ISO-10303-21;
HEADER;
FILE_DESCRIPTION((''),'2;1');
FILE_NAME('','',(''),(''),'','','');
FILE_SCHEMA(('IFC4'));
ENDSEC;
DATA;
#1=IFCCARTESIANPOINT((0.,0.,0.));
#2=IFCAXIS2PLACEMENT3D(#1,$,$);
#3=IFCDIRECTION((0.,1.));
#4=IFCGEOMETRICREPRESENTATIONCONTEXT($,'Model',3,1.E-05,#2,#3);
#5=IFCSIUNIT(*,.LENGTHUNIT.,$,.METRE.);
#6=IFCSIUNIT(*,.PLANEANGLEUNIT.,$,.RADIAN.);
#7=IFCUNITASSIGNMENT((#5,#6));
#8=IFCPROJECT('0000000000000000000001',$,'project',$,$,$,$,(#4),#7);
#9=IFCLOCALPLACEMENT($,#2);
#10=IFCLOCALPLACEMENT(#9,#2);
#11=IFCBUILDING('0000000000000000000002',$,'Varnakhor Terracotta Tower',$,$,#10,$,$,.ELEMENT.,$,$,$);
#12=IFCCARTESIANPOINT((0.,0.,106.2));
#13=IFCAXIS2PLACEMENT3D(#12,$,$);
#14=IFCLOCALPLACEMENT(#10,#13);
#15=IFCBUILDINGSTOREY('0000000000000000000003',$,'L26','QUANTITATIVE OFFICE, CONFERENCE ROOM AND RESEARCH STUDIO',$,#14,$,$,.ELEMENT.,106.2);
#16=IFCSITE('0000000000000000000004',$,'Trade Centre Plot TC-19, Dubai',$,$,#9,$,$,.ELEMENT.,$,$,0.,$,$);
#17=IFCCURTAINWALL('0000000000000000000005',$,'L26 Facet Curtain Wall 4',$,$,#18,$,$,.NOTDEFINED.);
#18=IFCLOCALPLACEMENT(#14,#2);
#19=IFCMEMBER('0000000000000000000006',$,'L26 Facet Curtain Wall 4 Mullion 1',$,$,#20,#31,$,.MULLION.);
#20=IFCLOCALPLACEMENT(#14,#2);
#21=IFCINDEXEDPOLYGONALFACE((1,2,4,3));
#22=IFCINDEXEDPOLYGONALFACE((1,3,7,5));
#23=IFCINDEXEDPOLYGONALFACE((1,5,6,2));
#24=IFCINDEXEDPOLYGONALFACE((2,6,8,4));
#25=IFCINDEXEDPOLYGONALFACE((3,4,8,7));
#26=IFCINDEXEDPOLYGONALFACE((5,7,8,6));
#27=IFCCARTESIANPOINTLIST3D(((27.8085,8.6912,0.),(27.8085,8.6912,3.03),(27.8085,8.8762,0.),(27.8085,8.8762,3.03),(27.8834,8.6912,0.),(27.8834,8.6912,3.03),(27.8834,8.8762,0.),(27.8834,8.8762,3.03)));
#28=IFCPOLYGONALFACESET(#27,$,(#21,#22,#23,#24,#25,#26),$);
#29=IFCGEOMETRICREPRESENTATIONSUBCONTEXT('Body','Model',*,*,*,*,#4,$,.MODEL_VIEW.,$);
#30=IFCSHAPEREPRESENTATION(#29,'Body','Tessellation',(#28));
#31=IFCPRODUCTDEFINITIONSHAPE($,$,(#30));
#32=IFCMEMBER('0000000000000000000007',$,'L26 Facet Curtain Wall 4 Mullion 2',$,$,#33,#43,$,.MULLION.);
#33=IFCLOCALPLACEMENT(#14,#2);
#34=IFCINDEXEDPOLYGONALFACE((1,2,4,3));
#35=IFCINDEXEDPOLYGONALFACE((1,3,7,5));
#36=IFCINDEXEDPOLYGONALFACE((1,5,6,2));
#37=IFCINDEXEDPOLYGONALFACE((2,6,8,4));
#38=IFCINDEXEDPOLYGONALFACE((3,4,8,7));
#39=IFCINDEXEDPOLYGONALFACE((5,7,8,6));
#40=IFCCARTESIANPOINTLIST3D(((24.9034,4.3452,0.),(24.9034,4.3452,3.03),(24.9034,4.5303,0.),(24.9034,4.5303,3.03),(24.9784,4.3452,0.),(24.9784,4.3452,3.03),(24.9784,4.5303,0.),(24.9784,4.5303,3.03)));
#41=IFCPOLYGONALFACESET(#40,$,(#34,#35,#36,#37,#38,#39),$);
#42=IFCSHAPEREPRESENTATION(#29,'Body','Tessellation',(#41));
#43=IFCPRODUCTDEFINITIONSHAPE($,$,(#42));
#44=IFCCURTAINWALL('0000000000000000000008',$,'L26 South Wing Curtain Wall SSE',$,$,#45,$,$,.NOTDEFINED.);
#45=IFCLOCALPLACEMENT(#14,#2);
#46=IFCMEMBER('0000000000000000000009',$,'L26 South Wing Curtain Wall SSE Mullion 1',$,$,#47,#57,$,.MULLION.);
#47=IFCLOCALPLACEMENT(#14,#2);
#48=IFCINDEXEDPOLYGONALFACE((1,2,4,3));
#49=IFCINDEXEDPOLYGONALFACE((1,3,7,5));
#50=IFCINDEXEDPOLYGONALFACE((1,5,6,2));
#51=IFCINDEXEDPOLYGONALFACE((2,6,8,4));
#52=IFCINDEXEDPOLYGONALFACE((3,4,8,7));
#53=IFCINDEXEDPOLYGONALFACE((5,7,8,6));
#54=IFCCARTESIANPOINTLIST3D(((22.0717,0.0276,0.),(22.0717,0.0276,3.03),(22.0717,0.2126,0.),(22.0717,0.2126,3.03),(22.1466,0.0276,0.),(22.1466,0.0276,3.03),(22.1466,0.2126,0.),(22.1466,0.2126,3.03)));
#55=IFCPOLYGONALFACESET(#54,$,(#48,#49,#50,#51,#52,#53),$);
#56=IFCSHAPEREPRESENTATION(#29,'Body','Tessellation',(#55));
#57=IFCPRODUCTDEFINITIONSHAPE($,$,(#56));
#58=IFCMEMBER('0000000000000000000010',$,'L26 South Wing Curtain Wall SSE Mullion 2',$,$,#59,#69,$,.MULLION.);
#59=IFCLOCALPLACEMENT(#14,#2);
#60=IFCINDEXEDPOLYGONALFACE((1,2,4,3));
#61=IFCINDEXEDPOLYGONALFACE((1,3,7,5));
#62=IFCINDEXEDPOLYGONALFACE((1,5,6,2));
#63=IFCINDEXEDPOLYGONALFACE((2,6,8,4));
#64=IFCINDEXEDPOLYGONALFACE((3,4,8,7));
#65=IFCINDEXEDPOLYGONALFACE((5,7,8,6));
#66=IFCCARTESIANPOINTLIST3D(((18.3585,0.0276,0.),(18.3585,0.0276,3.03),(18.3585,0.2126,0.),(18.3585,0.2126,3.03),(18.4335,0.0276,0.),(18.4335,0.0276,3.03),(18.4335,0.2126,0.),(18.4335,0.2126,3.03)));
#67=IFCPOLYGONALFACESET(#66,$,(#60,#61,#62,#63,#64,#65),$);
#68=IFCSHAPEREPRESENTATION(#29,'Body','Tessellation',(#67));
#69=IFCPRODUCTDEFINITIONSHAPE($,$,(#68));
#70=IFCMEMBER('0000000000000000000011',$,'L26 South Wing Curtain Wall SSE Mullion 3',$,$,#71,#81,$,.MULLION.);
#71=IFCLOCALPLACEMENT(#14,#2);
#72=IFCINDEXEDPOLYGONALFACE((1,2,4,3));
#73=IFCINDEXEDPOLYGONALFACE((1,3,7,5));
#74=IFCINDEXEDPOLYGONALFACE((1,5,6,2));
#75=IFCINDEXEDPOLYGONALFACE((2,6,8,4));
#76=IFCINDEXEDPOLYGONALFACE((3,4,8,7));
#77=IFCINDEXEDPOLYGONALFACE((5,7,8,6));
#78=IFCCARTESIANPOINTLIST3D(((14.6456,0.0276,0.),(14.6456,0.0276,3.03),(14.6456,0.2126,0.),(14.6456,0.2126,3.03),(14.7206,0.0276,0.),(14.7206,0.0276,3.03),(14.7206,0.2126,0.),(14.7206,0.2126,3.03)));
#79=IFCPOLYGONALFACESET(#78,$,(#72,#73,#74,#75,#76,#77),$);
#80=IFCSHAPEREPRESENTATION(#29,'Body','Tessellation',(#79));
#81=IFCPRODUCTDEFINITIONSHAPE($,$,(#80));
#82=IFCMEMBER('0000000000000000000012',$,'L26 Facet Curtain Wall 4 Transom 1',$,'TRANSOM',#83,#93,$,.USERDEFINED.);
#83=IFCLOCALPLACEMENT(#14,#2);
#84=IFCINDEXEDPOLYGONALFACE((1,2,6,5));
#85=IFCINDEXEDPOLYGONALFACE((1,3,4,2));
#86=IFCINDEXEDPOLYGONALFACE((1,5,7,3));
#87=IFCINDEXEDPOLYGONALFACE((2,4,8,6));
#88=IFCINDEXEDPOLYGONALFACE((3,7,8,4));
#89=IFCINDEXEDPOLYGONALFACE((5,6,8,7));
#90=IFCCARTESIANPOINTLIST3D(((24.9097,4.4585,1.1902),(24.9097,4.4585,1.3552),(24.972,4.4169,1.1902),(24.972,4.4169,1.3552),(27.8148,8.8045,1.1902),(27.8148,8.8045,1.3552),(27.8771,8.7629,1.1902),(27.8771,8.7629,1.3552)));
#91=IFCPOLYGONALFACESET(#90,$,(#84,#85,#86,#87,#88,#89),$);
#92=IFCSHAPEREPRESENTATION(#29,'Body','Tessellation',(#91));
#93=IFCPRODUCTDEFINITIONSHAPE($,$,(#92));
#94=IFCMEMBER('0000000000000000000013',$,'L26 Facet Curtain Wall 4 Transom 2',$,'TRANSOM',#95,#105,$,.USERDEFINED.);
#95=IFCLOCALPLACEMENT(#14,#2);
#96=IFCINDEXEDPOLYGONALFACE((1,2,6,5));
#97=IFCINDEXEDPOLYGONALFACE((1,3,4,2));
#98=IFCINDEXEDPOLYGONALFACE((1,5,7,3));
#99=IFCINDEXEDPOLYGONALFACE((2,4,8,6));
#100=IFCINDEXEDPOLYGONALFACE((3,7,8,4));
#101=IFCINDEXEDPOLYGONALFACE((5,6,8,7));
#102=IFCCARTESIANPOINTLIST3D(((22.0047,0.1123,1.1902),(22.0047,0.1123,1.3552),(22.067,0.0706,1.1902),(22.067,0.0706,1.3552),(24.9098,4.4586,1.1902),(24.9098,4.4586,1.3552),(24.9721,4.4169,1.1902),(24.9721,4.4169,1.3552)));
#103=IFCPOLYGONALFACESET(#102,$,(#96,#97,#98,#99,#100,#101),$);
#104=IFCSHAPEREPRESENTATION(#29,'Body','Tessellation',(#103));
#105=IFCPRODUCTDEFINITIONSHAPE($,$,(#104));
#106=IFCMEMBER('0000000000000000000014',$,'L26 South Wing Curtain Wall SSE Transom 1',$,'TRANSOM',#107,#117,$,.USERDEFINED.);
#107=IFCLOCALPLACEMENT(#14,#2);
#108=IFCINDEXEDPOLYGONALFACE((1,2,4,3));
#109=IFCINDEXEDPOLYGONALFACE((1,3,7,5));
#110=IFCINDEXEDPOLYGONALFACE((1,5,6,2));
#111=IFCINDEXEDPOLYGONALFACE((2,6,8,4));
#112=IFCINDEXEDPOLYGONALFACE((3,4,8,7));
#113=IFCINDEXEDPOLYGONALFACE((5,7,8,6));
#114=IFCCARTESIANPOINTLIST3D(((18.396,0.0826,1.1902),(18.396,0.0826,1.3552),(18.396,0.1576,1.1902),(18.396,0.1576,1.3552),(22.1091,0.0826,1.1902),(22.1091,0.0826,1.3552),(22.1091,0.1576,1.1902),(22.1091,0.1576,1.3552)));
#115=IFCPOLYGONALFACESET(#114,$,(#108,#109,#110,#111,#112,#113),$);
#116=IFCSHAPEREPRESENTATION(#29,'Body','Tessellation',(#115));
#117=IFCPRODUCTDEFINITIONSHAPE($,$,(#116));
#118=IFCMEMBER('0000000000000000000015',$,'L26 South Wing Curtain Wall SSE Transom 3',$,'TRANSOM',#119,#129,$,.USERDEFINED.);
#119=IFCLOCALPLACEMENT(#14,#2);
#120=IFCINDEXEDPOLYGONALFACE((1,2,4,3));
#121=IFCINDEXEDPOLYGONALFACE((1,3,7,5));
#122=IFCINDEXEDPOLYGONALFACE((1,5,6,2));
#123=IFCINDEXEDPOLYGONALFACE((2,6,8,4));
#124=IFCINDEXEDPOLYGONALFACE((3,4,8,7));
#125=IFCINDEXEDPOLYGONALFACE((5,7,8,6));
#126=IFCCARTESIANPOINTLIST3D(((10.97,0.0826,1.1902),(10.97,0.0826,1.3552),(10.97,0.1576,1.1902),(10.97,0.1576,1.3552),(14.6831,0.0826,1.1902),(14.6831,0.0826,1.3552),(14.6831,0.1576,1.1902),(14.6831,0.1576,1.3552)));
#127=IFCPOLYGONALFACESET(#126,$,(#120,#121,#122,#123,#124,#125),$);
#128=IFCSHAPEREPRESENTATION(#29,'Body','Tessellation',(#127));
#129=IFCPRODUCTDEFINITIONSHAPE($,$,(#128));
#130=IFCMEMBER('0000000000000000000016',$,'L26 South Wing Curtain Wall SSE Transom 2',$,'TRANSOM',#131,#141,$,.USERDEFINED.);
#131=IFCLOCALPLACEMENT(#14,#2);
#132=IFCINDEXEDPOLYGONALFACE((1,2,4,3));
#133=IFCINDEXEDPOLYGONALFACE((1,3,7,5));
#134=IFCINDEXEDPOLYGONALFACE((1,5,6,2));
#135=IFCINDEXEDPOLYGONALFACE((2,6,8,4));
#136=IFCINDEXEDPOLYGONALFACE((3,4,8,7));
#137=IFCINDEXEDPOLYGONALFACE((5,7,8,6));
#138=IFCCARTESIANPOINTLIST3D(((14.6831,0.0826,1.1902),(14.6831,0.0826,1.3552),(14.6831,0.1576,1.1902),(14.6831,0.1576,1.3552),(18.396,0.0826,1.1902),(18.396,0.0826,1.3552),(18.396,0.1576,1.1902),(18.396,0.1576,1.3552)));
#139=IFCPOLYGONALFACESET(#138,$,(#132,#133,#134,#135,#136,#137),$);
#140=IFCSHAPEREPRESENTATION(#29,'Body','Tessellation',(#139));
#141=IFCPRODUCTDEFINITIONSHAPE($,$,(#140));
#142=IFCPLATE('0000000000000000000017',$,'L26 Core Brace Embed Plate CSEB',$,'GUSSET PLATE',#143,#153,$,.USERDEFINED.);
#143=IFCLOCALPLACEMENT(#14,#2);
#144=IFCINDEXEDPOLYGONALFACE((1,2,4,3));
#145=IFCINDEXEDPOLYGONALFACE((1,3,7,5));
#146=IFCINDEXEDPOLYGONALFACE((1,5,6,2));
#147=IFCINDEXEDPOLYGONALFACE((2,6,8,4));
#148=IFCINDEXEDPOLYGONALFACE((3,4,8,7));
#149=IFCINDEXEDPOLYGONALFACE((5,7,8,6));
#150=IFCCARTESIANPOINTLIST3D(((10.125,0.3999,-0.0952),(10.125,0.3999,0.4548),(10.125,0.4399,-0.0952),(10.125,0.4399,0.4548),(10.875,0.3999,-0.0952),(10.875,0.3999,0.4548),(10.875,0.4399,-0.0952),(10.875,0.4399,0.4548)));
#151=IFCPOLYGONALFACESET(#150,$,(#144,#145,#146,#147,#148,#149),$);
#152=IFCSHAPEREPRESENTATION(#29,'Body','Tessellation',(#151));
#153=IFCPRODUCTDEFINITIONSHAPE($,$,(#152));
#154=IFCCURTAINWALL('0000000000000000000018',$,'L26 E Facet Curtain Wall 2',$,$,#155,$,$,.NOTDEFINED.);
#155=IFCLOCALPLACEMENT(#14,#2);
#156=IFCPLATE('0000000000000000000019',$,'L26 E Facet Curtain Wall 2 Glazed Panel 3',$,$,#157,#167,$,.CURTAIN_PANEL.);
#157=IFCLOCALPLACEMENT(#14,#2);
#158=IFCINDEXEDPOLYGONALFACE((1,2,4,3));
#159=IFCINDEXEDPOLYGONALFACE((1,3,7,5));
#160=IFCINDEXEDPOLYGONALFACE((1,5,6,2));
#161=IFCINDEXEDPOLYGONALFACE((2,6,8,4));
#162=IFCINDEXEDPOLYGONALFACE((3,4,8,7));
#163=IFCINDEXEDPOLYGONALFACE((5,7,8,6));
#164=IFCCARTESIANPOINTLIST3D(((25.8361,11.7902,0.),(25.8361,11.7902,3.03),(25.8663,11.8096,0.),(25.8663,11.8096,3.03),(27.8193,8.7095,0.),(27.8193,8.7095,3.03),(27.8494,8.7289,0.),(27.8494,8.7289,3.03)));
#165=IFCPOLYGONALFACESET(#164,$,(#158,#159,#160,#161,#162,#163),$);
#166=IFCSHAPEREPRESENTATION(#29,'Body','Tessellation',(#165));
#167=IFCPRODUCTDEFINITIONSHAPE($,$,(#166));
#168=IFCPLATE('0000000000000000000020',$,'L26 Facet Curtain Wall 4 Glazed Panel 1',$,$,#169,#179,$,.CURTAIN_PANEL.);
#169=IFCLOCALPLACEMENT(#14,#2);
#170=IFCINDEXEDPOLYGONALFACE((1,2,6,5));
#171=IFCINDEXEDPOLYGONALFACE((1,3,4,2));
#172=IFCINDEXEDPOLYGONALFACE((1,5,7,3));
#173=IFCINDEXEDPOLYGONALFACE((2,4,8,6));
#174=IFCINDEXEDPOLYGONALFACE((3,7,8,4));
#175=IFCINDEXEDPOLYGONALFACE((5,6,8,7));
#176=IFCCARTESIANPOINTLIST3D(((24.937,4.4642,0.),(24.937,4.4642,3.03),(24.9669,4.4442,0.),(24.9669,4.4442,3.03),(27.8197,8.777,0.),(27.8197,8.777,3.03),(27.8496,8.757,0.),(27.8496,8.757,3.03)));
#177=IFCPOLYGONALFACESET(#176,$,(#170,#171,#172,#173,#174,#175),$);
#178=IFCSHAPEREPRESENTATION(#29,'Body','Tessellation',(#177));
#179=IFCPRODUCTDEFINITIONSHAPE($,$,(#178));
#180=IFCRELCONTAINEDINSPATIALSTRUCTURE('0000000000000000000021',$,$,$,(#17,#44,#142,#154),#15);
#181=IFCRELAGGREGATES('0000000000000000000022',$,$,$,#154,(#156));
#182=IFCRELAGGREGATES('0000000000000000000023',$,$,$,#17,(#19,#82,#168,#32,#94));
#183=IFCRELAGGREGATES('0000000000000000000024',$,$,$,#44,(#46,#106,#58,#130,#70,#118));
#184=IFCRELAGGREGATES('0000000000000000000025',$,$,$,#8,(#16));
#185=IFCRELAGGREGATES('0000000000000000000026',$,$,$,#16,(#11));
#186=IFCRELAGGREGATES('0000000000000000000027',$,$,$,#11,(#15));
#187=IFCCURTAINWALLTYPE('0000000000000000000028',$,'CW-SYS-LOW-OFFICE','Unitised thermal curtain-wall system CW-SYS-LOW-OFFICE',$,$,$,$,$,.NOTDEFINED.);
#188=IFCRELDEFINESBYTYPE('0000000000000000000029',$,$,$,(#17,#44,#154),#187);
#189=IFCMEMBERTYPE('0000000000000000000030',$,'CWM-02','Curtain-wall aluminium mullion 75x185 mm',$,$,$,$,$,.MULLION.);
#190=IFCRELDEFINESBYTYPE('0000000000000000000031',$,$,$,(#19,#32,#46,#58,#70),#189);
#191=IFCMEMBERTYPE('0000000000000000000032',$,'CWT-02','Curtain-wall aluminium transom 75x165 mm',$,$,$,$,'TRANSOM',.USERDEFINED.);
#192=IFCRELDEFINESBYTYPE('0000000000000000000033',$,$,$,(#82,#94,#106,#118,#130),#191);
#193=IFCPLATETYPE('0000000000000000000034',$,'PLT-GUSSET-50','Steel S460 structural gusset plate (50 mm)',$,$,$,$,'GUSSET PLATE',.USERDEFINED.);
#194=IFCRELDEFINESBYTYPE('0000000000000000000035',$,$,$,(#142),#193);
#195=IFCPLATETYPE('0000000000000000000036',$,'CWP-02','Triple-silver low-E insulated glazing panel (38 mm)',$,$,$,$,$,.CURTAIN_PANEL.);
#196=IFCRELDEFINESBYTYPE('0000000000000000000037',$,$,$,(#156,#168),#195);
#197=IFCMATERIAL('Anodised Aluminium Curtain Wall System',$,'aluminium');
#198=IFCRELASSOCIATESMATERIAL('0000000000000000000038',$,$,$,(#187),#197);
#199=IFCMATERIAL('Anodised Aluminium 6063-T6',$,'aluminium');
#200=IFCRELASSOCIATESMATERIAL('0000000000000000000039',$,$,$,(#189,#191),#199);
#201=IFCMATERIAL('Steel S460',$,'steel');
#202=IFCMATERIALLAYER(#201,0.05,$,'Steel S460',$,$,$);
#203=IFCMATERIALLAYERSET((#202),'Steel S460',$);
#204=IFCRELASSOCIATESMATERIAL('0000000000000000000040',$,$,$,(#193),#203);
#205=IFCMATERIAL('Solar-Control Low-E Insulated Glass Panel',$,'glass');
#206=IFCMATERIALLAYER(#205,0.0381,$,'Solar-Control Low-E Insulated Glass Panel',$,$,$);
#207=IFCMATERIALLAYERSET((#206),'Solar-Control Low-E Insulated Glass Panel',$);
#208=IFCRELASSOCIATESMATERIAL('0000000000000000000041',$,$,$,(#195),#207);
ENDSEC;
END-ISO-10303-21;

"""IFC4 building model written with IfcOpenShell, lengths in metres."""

from ifc_helpers import new_model, si_unit, direction, frame, origin, origin_2d, place, context, subcontext, project, spatial, rectangle, extrude, source, transform, mapped, material, layer, layer_set, material_profile, profile_set, type_object, type_shapes, element, aggregate, save


model = new_model("IFC4")

# Units and contexts
model_context = context("Model", 3, precision=1e-05, world=origin(), true_north=direction((0.0, 1.0)))
body_context = subcontext(model_context, "Body", "Model", "MODEL_VIEW")
ifc_project = project(units=[si_unit("LENGTHUNIT", "METRE"), si_unit("PLANEANGLEUNIT", "RADIAN")], contexts=[model_context])

# Site, building, storey
site_placement = place(None, origin())
site = spatial("IfcSite", under=ifc_project, at=site_placement, Name="Trade Centre Plot TC-19, Dubai", CompositionType="ELEMENT", RefElevation=0.0)
building_placement = place(site_placement, origin())
building = spatial("IfcBuilding", under=site, at=building_placement, Name="Varnakhor Terracotta Tower", CompositionType="ELEMENT")
storey_placement = place(building_placement, frame((0.0, 0.0, 106.2)))
storey = spatial("IfcBuildingStorey", under=building, at=storey_placement, Name="L26", Description="QUANTITATIVE OFFICE, CONFERENCE ROOM AND RESEARCH STUDIO", CompositionType="ELEMENT", Elevation=106.2)

# Shared definitions
ifc_material_1 = material(Name="Steel S460", Category="steel")

# Curtain walls, members
ifc_material_2 = material(Name="Anodised Aluminium Curtain Wall System", Category="aluminium")
curtain_wall_type = type_object("IfcCurtainWallType", Name="CW-SYS-LOW-OFFICE", Description="Unitised thermal curtain-wall system CW-SYS-LOW-OFFICE", PredefinedType="NOTDEFINED", material=ifc_material_2)
curtain_wall_1_placement = place(storey_placement, origin())
curtain_wall_1 = element("IfcCurtainWall", 1, at=curtain_wall_1_placement, inside=storey, type_object=curtain_wall_type, Name="L26 Facet Curtain Wall 4", PredefinedType="NOTDEFINED")
ifc_material_3 = material(Name="Anodised Aluminium 6063-T6", Category="aluminium")
ifc_material_profile_1 = material_profile(ifc_material_3, rectangle(XDim=0.075, YDim=0.1851, at=origin_2d()), Name="ALU MULLION 75x185")
ifc_profile_set_1 = profile_set([ifc_material_profile_1], Name="Anodised Aluminium 6063-T6")
member_type_1 = type_object("IfcMemberType", Name="CWM-02", Description="Curtain-wall aluminium mullion 75x185 mm", PredefinedType="MULLION", material=ifc_profile_set_1)
shared_shape_1 = source(origin(), body_context, "Body", "SweptSolid", [
    extrude(rectangle(XDim=0.075, YDim=0.1851, at=origin_2d()), origin(), (0.0, 0.0, 1.0), 3.03),
])
type_shapes(member_type_1, [shared_shape_1])
member_1_placement = place(storey_placement, frame((27.8459, 8.7837, 0.0), z_axis=(0.0, 0.0, 1.0), x_axis=(1.0, 0.0, 0.0)))
member_1 = element("IfcMember", 2, at=member_1_placement, type_object=member_type_1, Name="L26 Facet Curtain Wall 4 Mullion 1", PredefinedType="MULLION", context=body_context, shape_type="MappedRepresentation", body=[
    mapped(shared_shape_1, transform((0.0, 0.0, 0.0), scale=1.0)),
])
member_2_placement = place(storey_placement, frame((24.9409, 4.4377, 0.0), z_axis=(0.0, 0.0, 1.0), x_axis=(1.0, 0.0, 0.0)))
member_2 = element("IfcMember", 3, at=member_2_placement, type_object=member_type_1, Name="L26 Facet Curtain Wall 4 Mullion 2", PredefinedType="MULLION", context=body_context, shape_type="MappedRepresentation", body=[
    mapped(shared_shape_1, transform((0.0, 0.0, 0.0), scale=1.0)),
])
curtain_wall_2_placement = place(storey_placement, origin())
curtain_wall_2 = element("IfcCurtainWall", 4, at=curtain_wall_2_placement, inside=storey, type_object=curtain_wall_type, Name="L26 South Wing Curtain Wall SSE", PredefinedType="NOTDEFINED")
member_3_placement = place(storey_placement, frame((22.1091, 0.1201, 0.0), z_axis=(0.0, 0.0, 1.0), x_axis=(1.0, 0.0, 0.0)))
member_3 = element("IfcMember", 5, at=member_3_placement, type_object=member_type_1, Name="L26 South Wing Curtain Wall SSE Mullion 1", PredefinedType="MULLION", context=body_context, shape_type="MappedRepresentation", body=[
    mapped(shared_shape_1, transform((0.0, 0.0, 0.0), scale=1.0)),
])
member_4_placement = place(storey_placement, frame((18.396, 0.1201, 0.0), z_axis=(0.0, 0.0, 1.0), x_axis=(1.0, 0.0, 0.0)))
member_4 = element("IfcMember", 6, at=member_4_placement, type_object=member_type_1, Name="L26 South Wing Curtain Wall SSE Mullion 2", PredefinedType="MULLION", context=body_context, shape_type="MappedRepresentation", body=[
    mapped(shared_shape_1, transform((0.0, 0.0, 0.0), scale=1.0)),
])
member_5_placement = place(storey_placement, frame((14.6831, 0.1201, 0.0), z_axis=(0.0, 0.0, 1.0), x_axis=(1.0, 0.0, 0.0)))
member_5 = element("IfcMember", 7, at=member_5_placement, type_object=member_type_1, Name="L26 South Wing Curtain Wall SSE Mullion 3", PredefinedType="MULLION", context=body_context, shape_type="MappedRepresentation", body=[
    mapped(shared_shape_1, transform((0.0, 0.0, 0.0), scale=1.0)),
])

# Members
ifc_material_profile_2 = material_profile(ifc_material_3, rectangle(XDim=0.075, YDim=0.165, at=origin_2d()), Name="ALU TRANSOM 75x165")
ifc_profile_set_2 = profile_set([ifc_material_profile_2], Name="Anodised Aluminium 6063-T6")
member_type_2 = type_object("IfcMemberType", Name="CWT-02", Description="Curtain-wall aluminium transom 75x165 mm", ElementType="TRANSOM", PredefinedType="USERDEFINED", material=ifc_profile_set_2)
shared_shape_2 = source(origin(), body_context, "Body", "SweptSolid", [
    extrude(rectangle(XDim=0.075, YDim=0.165, at=origin_2d()), origin(), (0.0, 0.0, 1.0), 5.2275),
])
member_6_placement = place(storey_placement, frame((27.8459, 8.7837, 1.2727), z_axis=(-0.555724, -0.831367, 0.0), x_axis=(0.831367, -0.555724, 0.0)))
member_6 = element("IfcMember", 8, at=member_6_placement, type_object=member_type_2, Name="L26 Facet Curtain Wall 4 Transom 1", ObjectType="TRANSOM", PredefinedType="USERDEFINED", context=body_context, shape_type="MappedRepresentation", body=[
    mapped(shared_shape_2, transform((0.0, 0.0, 0.0), scale=1.0)),
])
shared_shape_3 = source(origin(), body_context, "Body", "SweptSolid", [
    extrude(rectangle(XDim=0.075, YDim=0.165, at=origin_2d()), origin(), (0.0, 0.0, 1.0), 5.2278),
])
member_7_placement = place(storey_placement, frame((24.9409, 4.4377, 1.2727), z_axis=(-0.555702, -0.831381, 0.0), x_axis=(0.831381, -0.555702, 0.0)))
member_7 = element("IfcMember", 9, at=member_7_placement, type_object=member_type_2, Name="L26 Facet Curtain Wall 4 Transom 2", ObjectType="TRANSOM", PredefinedType="USERDEFINED", context=body_context, shape_type="MappedRepresentation", body=[
    mapped(shared_shape_3, transform((0.0, 0.0, 0.0), scale=1.0)),
])
shared_shape_4 = source(origin(), body_context, "Body", "SweptSolid", [
    extrude(rectangle(XDim=0.075, YDim=0.165, at=origin_2d()), origin(), (0.0, 0.0, 1.0), 3.7131),
])
member_8_placement = place(storey_placement, frame((22.1091, 0.1201, 1.2727), z_axis=(-1.0, 0.0, 0.0), x_axis=(0.0, -1.0, 0.0)))
member_8 = element("IfcMember", 10, at=member_8_placement, type_object=member_type_2, Name="L26 South Wing Curtain Wall SSE Transom 1", ObjectType="TRANSOM", PredefinedType="USERDEFINED", context=body_context, shape_type="MappedRepresentation", body=[
    mapped(shared_shape_4, transform((0.0, 0.0, 0.0), scale=1.0)),
])
member_9_placement = place(storey_placement, frame((14.6831, 0.1201, 1.2727), z_axis=(-1.0, 0.0, 0.0), x_axis=(0.0, -1.0, 0.0)))
member_9 = element("IfcMember", 11, at=member_9_placement, type_object=member_type_2, Name="L26 South Wing Curtain Wall SSE Transom 3", ObjectType="TRANSOM", PredefinedType="USERDEFINED", context=body_context, shape_type="MappedRepresentation", body=[
    mapped(shared_shape_4, transform((0.0, 0.0, 0.0), scale=1.0)),
])
shared_shape_5 = source(origin(), body_context, "Body", "SweptSolid", [
    extrude(rectangle(XDim=0.075, YDim=0.165, at=origin_2d()), origin(), (0.0, 0.0, 1.0), 3.7129),
])
member_10_placement = place(storey_placement, frame((18.396, 0.1201, 1.2727), z_axis=(-1.0, 0.0, 0.0), x_axis=(0.0, -1.0, 0.0)))
member_10 = element("IfcMember", 12, at=member_10_placement, type_object=member_type_2, Name="L26 South Wing Curtain Wall SSE Transom 2", ObjectType="TRANSOM", PredefinedType="USERDEFINED", context=body_context, shape_type="MappedRepresentation", body=[
    mapped(shared_shape_5, transform((0.0, 0.0, 0.0), scale=1.0)),
])

# Plate
ifc_layer_1 = layer(ifc_material_1, 0.05, Name="Steel S460")
ifc_layer_set_1 = layer_set([ifc_layer_1], Name="Steel S460")
plate_type_1 = type_object("IfcPlateType", Name="PLT-GUSSET-50", Description="Steel S460 structural gusset plate (50 mm)", ElementType="GUSSET PLATE", PredefinedType="USERDEFINED", material=ifc_layer_set_1)
shared_shape_6 = source(origin(), body_context, "Body", "SweptSolid", [
    extrude(rectangle(XDim=0.75, YDim=0.04, at=origin_2d()), origin(), (0.0, 0.0, 1.0), 0.55),
])
type_shapes(plate_type_1, [shared_shape_6])
plate_1_placement = place(storey_placement, frame((10.5, 0.4199, -0.0952), z_axis=(0.0, 0.0, 1.0), x_axis=(1.0, 0.0, 0.0)))
element("IfcPlate", 13, at=plate_1_placement, inside=storey, type_object=plate_type_1, Name="L26 Core Brace Embed Plate CSEB", ObjectType="GUSSET PLATE", PredefinedType="USERDEFINED", context=body_context, shape_type="MappedRepresentation", body=[
    mapped(shared_shape_6, transform((0.0, 0.0, 0.0), scale=1.0)),
])

# Curtain wall, plate
curtain_wall_3_placement = place(storey_placement, origin())
curtain_wall_3 = element("IfcCurtainWall", 14, at=curtain_wall_3_placement, inside=storey, type_object=curtain_wall_type, Name="L26 E Facet Curtain Wall 2", PredefinedType="NOTDEFINED")
ifc_material_4 = material(Name="Solar-Control Low-E Insulated Glass Panel", Category="glass")
ifc_layer_2 = layer(ifc_material_4, 0.0381, Name="Solar-Control Low-E Insulated Glass Panel")
ifc_layer_set_2 = layer_set([ifc_layer_2], Name="Solar-Control Low-E Insulated Glass Panel")
plate_type_2 = type_object("IfcPlateType", Name="CWP-02", Description="Triple-silver low-E insulated glazing panel (38 mm)", PredefinedType="CURTAIN_PANEL", material=ifc_layer_set_2)
shared_shape_7 = source(origin(), body_context, "Body", "SweptSolid", [
    extrude(rectangle(XDim=3.6638, YDim=0.0359, at=origin_2d()), origin(), (0.0, 0.0, 1.0), 3.03),
])
plate_2_placement = place(storey_placement, frame((26.8428, 10.2595, 0.0), z_axis=(0.0, 0.0, 1.0), x_axis=(0.541283, -0.840841, 0.0)))
plate_2 = element("IfcPlate", 15, at=plate_2_placement, type_object=plate_type_2, Name="L26 E Facet Curtain Wall 2 Glazed Panel 3", PredefinedType="CURTAIN_PANEL", context=body_context, shape_type="MappedRepresentation", body=[
    mapped(shared_shape_7, transform((0.0, 0.0, 0.0), scale=1.0)),
])
aggregate(curtain_wall_3, [plate_2])

# Plate
shared_shape_8 = source(origin(), body_context, "Body", "SweptSolid", [
    extrude(rectangle(XDim=5.1875, YDim=0.0359, at=origin_2d()), origin(), (0.0, 0.0, 1.0), 3.03),
])
plate_3_placement = place(storey_placement, frame((26.3933, 6.6106, 0.0), z_axis=(0.0, 0.0, 1.0), x_axis=(-0.555701, -0.831382, 0.0)))
plate_3 = element("IfcPlate", 16, at=plate_3_placement, type_object=plate_type_2, Name="L26 Facet Curtain Wall 4 Glazed Panel 1", PredefinedType="CURTAIN_PANEL", context=body_context, shape_type="MappedRepresentation", body=[
    mapped(shared_shape_8, transform((0.0, 0.0, 0.0), scale=1.0)),
])
aggregate(curtain_wall_1, [member_1, member_6, plate_3, member_2, member_7])
aggregate(curtain_wall_2, [member_3, member_8, member_4, member_10, member_5, member_9])

save(model, "model.ifc")
